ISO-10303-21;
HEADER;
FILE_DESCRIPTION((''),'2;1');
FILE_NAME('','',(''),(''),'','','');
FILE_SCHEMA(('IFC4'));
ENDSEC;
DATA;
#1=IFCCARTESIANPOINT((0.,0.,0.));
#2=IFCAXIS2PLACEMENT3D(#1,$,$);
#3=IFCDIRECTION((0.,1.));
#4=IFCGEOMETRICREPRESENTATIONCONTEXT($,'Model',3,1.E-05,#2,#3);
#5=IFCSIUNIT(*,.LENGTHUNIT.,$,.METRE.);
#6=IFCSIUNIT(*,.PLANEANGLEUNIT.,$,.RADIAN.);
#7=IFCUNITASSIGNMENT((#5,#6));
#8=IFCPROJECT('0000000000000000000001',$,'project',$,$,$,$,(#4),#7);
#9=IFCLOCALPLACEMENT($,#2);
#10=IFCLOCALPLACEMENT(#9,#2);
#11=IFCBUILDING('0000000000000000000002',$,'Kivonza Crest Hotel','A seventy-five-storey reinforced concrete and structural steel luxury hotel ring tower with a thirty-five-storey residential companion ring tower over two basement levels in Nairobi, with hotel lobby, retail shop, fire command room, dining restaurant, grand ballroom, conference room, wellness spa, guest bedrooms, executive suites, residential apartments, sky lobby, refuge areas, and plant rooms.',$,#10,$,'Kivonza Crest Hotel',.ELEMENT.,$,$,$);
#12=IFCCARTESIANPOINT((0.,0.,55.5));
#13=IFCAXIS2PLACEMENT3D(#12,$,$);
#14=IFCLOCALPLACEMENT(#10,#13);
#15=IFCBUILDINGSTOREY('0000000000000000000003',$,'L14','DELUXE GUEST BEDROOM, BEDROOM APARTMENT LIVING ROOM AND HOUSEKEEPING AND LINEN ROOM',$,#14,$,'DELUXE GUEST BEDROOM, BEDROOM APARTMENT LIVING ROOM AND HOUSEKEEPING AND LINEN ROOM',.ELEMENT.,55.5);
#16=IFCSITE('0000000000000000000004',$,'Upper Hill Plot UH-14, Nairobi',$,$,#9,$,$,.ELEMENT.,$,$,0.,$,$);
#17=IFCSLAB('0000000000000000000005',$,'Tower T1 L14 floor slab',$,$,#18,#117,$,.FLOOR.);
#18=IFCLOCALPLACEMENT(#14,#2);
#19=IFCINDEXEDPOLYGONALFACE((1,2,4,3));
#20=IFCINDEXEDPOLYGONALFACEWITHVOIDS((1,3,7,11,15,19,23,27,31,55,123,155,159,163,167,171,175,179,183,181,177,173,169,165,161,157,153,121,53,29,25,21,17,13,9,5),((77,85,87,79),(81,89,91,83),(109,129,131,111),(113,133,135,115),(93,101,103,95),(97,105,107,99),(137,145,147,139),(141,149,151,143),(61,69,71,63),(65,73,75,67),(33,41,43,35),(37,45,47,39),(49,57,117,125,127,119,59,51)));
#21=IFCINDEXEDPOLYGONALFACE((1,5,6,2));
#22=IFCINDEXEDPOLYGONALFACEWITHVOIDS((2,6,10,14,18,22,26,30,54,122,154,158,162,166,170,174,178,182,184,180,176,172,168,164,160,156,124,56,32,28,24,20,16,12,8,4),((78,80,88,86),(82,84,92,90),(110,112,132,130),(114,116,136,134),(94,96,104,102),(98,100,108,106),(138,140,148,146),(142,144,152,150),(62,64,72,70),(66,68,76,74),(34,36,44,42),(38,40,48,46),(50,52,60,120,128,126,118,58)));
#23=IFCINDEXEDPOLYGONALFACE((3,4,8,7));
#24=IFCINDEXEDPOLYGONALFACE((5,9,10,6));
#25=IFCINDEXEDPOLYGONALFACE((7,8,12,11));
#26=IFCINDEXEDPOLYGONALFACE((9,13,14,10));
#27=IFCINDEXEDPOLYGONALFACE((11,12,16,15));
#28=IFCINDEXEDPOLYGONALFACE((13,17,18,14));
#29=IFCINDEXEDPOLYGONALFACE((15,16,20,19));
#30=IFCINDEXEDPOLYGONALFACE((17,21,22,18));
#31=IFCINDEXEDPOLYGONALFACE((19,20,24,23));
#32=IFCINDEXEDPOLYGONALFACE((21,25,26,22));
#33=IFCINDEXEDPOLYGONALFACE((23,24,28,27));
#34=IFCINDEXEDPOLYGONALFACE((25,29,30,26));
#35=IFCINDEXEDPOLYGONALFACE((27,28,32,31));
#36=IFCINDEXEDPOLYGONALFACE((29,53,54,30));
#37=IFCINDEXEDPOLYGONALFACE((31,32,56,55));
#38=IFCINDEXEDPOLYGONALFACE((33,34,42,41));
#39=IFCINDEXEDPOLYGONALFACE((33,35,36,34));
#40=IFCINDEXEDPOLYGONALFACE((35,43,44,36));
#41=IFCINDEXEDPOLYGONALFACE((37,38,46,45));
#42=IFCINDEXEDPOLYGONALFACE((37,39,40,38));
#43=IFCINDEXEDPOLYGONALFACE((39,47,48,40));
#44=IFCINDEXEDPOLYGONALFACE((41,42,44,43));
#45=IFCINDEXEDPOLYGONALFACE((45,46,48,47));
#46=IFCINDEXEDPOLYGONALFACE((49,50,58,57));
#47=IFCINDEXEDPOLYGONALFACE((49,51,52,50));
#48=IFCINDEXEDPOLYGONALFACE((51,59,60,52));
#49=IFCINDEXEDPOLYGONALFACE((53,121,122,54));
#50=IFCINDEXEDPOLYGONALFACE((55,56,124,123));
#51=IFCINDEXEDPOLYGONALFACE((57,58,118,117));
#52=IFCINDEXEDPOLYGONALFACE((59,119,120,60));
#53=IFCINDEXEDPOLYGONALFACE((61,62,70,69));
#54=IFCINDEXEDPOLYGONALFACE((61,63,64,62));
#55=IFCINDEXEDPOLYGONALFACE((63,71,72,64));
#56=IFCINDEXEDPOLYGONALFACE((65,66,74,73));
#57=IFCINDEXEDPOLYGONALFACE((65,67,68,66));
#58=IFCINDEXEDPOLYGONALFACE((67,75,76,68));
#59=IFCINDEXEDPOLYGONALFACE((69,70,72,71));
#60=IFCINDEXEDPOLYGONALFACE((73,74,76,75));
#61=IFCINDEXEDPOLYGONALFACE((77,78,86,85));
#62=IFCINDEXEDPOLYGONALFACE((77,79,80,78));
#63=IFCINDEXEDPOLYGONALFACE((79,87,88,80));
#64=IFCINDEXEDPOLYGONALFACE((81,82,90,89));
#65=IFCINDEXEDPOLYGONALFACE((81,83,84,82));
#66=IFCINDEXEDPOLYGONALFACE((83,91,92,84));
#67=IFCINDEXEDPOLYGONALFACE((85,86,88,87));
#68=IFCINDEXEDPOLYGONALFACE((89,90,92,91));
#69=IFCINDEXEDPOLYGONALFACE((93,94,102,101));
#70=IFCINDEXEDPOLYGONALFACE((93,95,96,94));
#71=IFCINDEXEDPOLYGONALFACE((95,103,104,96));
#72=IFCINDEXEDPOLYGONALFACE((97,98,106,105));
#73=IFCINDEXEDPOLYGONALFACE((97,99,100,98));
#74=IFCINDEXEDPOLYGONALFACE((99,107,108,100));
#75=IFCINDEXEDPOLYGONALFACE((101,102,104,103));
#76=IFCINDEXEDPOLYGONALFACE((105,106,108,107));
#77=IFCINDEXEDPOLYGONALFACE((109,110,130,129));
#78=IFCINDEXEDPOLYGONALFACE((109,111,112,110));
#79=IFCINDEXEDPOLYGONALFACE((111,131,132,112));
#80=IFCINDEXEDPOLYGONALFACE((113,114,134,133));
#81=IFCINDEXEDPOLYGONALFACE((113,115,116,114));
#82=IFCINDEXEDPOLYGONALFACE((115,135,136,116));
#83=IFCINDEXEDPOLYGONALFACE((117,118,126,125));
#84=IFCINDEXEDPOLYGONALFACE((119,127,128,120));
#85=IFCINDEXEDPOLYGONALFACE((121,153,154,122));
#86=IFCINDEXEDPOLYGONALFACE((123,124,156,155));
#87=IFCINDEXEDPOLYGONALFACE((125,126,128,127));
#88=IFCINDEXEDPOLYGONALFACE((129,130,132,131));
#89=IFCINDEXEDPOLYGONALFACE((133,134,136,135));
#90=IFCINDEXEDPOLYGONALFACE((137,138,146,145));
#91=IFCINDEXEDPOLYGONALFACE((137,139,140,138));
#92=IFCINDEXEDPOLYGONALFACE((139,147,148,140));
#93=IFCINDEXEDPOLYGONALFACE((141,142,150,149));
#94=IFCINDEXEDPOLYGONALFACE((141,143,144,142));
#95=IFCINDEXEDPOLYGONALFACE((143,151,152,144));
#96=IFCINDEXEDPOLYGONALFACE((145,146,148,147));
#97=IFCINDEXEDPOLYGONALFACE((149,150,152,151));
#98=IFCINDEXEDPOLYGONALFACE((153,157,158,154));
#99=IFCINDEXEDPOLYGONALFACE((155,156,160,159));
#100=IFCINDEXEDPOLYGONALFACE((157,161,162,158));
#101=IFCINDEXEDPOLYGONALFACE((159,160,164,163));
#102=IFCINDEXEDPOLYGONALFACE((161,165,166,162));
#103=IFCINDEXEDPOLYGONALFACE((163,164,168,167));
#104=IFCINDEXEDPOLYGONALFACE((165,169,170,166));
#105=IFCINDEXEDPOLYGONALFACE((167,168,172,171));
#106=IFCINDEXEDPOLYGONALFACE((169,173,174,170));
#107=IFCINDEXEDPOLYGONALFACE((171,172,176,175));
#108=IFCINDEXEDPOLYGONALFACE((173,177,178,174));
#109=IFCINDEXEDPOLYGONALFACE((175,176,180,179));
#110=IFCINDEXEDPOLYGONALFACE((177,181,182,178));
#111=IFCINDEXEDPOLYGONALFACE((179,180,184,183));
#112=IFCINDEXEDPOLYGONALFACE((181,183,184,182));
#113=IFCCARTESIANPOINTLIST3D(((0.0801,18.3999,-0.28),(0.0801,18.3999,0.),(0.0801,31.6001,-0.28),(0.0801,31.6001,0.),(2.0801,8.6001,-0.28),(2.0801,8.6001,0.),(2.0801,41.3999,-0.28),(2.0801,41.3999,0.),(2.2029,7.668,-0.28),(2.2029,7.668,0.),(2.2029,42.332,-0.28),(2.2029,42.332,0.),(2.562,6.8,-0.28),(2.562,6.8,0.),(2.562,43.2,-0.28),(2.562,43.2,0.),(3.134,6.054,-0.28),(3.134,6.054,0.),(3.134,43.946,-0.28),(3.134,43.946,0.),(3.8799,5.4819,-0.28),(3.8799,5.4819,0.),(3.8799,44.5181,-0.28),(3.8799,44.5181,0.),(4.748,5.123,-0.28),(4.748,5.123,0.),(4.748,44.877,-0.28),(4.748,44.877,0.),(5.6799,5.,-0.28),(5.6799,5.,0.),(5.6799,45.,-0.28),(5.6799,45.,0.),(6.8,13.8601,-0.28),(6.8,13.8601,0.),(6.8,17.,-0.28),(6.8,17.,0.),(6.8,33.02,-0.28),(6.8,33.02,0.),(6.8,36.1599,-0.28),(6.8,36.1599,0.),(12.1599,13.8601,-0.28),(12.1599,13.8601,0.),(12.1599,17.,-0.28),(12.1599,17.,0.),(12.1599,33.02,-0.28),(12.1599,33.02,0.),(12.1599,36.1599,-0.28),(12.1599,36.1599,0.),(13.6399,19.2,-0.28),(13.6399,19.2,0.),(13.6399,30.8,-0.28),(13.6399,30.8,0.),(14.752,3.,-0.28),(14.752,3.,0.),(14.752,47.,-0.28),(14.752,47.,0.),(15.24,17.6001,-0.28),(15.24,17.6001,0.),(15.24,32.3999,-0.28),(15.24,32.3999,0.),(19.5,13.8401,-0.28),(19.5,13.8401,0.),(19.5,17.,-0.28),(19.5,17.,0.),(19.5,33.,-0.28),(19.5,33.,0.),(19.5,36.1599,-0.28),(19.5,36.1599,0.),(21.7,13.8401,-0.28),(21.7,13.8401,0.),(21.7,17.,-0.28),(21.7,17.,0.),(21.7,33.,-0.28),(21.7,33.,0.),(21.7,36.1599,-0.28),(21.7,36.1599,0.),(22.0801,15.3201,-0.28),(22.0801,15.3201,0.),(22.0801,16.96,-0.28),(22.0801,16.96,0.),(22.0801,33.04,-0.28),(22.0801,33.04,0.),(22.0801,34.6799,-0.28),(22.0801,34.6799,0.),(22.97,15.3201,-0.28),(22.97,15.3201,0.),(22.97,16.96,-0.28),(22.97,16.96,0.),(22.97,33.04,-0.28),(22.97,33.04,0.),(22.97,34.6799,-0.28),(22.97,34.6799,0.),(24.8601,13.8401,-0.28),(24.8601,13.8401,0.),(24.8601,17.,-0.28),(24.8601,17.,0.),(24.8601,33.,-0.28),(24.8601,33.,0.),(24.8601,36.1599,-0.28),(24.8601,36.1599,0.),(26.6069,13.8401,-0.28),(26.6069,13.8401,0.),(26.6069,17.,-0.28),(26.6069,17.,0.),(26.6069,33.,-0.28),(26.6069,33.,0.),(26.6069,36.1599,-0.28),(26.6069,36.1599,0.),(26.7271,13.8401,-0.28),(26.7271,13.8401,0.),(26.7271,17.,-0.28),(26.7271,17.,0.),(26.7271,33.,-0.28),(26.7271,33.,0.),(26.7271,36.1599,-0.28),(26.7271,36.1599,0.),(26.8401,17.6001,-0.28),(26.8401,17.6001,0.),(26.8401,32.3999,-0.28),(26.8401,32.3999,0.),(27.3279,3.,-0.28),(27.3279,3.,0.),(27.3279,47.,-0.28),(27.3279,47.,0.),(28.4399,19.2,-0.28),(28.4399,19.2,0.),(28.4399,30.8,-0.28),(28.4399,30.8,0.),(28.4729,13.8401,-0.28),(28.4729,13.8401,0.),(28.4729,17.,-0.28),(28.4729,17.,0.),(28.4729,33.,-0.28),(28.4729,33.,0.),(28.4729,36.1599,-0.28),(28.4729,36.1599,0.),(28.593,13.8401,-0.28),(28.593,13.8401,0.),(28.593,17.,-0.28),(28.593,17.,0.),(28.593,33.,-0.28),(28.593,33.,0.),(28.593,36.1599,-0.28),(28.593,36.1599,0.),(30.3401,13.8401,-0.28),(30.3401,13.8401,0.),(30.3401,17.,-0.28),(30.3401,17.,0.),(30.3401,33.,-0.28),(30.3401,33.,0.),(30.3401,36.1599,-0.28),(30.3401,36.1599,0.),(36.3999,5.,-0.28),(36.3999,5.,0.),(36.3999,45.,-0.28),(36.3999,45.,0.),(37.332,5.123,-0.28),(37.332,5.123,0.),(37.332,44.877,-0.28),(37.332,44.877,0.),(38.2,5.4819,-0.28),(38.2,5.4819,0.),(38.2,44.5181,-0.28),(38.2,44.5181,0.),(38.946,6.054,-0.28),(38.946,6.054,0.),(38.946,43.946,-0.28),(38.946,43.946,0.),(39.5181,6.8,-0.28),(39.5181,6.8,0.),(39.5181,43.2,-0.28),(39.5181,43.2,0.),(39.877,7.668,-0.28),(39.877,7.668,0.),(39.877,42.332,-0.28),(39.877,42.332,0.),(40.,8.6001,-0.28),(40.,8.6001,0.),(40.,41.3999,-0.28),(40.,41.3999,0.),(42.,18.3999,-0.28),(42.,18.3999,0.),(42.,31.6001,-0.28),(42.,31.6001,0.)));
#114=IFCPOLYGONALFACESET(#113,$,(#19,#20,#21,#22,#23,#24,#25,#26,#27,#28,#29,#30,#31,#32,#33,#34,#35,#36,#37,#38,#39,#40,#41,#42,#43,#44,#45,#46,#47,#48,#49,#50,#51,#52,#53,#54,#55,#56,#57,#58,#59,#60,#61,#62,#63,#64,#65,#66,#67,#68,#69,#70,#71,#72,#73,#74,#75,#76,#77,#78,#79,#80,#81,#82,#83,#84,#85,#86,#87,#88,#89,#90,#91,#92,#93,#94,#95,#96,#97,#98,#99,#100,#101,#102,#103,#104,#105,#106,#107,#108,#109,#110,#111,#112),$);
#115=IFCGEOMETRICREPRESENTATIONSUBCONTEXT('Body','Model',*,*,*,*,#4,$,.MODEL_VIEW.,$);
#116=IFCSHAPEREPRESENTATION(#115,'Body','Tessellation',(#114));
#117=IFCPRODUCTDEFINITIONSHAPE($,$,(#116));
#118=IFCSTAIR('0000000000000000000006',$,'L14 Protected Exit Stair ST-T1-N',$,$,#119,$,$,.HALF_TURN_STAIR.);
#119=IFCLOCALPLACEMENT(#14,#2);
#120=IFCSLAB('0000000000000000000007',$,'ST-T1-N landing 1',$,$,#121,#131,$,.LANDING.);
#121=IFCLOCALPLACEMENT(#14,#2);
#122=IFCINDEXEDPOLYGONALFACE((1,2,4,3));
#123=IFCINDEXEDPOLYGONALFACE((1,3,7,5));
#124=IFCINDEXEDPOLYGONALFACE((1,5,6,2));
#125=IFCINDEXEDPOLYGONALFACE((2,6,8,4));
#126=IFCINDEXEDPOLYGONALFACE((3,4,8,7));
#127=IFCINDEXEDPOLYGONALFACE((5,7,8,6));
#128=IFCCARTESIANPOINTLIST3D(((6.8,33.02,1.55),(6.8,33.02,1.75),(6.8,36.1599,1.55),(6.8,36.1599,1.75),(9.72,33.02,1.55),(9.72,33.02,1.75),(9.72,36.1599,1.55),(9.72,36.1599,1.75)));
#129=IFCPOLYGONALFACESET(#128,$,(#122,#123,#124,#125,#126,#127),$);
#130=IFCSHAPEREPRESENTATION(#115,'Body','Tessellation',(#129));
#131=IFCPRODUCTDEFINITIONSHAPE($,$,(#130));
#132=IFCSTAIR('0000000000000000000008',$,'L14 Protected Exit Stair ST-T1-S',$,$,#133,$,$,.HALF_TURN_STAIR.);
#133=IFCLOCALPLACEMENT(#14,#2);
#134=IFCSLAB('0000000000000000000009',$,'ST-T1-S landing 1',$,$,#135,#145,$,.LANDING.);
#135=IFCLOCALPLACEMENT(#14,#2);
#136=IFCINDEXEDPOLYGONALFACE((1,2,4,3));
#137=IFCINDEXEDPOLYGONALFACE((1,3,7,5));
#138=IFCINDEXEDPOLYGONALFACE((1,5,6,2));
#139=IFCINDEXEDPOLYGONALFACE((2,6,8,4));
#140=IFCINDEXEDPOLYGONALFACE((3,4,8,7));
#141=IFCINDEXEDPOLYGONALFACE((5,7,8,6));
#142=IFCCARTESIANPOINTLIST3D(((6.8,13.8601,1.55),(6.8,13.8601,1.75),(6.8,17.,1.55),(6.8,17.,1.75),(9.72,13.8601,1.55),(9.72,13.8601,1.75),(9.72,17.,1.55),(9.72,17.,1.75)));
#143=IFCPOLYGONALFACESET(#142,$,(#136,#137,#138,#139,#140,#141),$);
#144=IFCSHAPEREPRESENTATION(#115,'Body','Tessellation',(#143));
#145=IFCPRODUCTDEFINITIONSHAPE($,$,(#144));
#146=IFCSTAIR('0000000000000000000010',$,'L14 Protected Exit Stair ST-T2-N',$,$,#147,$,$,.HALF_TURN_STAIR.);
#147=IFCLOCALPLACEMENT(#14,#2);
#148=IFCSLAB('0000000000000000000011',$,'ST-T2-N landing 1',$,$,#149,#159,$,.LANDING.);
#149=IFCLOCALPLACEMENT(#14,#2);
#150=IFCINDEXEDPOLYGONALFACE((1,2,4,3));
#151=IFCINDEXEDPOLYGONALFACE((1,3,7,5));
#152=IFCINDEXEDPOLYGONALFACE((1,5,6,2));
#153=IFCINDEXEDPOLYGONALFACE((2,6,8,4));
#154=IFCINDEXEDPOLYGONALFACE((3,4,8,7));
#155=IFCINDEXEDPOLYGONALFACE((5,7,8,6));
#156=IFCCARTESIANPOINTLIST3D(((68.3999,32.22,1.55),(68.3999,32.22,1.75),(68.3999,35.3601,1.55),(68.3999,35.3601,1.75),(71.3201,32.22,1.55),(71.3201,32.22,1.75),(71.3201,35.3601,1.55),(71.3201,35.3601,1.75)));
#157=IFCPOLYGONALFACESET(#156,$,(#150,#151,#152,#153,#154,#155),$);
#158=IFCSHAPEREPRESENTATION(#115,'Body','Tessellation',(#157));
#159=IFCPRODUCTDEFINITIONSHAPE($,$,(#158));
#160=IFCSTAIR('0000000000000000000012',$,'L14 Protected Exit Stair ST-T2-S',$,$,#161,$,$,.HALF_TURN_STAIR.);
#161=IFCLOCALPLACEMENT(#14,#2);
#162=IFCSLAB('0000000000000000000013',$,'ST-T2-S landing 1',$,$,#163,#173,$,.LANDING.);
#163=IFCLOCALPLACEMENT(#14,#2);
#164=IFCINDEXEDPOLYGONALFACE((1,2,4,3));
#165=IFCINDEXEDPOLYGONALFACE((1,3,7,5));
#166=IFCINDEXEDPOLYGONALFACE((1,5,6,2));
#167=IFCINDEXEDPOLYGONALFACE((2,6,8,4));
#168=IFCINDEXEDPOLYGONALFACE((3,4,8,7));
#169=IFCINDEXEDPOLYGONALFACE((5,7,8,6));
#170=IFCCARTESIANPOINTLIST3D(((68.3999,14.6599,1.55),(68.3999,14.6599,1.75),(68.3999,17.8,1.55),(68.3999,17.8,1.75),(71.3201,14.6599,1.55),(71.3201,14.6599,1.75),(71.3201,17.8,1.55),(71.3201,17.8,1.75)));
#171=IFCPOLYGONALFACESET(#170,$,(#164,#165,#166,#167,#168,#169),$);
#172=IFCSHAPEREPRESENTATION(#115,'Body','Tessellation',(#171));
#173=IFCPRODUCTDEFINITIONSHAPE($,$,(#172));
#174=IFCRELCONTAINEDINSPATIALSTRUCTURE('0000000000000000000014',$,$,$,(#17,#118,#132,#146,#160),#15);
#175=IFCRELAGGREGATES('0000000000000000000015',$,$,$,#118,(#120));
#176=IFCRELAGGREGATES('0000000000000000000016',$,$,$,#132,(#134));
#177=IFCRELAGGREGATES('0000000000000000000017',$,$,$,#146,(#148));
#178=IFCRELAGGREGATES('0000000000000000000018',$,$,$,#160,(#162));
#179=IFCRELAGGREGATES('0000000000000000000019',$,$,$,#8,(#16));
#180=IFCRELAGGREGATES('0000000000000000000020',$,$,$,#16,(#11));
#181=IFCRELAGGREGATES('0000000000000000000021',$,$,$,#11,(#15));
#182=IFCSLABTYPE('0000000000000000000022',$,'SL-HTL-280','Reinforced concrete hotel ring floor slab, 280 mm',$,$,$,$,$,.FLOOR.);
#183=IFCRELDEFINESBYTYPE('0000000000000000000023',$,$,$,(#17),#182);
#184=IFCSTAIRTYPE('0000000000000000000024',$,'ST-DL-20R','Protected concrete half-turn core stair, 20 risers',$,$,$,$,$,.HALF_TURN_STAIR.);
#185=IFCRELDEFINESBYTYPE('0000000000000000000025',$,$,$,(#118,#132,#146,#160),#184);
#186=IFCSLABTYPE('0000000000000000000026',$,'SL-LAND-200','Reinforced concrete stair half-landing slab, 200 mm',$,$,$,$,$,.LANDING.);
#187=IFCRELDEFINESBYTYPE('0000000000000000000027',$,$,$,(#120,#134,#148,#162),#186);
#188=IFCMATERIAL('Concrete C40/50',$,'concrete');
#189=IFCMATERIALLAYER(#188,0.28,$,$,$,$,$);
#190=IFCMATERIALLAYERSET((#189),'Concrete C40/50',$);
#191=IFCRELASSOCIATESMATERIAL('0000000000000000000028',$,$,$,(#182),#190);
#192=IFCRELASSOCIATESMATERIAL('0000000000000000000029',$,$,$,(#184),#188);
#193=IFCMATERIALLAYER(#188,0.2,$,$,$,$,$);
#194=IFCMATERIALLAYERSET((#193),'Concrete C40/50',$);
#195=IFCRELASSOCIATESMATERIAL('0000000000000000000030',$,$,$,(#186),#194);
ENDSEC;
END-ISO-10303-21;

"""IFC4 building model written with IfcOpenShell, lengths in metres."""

from ifc_helpers import new_model, si_unit, direction, frame, origin, place, context, subcontext, project, spatial, polyline, outline, extrude, material, layer, layer_set, type_object, element, aggregate, save


model = new_model("IFC4")

# Units and contexts
model_context = context("Model", 3, precision=1e-05, world=origin(), true_north=direction((0.0, 1.0)))
body_context = subcontext(model_context, "Body", "Model", "MODEL_VIEW")
ifc_project = project(units=[si_unit("LENGTHUNIT", "METRE"), si_unit("PLANEANGLEUNIT", "RADIAN")], contexts=[model_context])

# Site, building, storey
site_placement = place(None, origin())
site = spatial("IfcSite", under=ifc_project, at=site_placement, Name="Upper Hill Plot UH-14, Nairobi", CompositionType="ELEMENT", RefElevation=0.0)
building_placement = place(site_placement, origin())
building = spatial("IfcBuilding", under=site, at=building_placement, Name="Kivonza Crest Hotel", Description="A seventy-five-storey reinforced concrete and structural steel luxury hotel ring tower with a thirty-five-storey residential companion ring tower over two basement levels in Nairobi, with hotel lobby, retail shop, fire command room, dining restaurant, grand ballroom, conference room, wellness spa, guest bedrooms, executive suites, residential apartments, sky lobby, refuge areas, and plant rooms.", LongName="Kivonza Crest Hotel", CompositionType="ELEMENT")
storey_placement = place(building_placement, frame((0.0, 0.0, 55.5)))
storey = spatial("IfcBuildingStorey", under=building, at=storey_placement, Name="L14", Description="DELUXE GUEST BEDROOM, BEDROOM APARTMENT LIVING ROOM AND HOUSEKEEPING AND LINEN ROOM", LongName="DELUXE GUEST BEDROOM, BEDROOM APARTMENT LIVING ROOM AND HOUSEKEEPING AND LINEN ROOM", CompositionType="ELEMENT", Elevation=55.5)

# Slab
ifc_material_1 = material(Name="Concrete C40/50", Category="concrete")
ifc_layer_1 = layer(ifc_material_1, 0.28)
ifc_layer_set_1 = layer_set([ifc_layer_1], Name="Concrete C40/50")
slab_type_1 = type_object("IfcSlabType", Name="SL-HTL-280", Description="Reinforced concrete hotel ring floor slab, 280 mm", PredefinedType="FLOOR", material=ifc_layer_set_1)
slab_1_placement = place(storey_placement, frame((0.0, 0.0, -0.28)))
element("IfcSlab", 1, at=slab_1_placement, inside=storey, type_object=slab_type_1, Name="Tower T1 L14 floor slab", PredefinedType="FLOOR", context=body_context, shape_type="SweptSolid", body=[
    extrude(outline(polyline([(2.0801, 8.6001), (2.2029, 7.668), (2.562, 6.8), (3.134, 6.054), (3.8799, 5.4819), (4.748, 5.123), (5.6799, 5.0), (14.752, 3.0), (27.3279, 3.0), (36.3999, 5.0), (37.332, 5.123), (38.2, 5.4819), (38.946, 6.054), (39.5181, 6.8), (39.877, 7.668), (40.0, 8.6001), (42.0, 18.3999), (42.0, 31.6001), (40.0, 41.3999), (39.877, 42.332), (39.5181, 43.2), (38.946, 43.946), (38.2, 44.5181), (37.332, 44.877), (36.3999, 45.0), (27.3279, 47.0), (14.752, 47.0), (5.6799, 45.0), (4.748, 44.877), (3.8799, 44.5181), (3.134, 43.946), (2.562, 43.2), (2.2029, 42.332), (2.0801, 41.3999), (0.0801, 31.6001), (0.0801, 18.3999), (2.0801, 8.6001)]), holes=[polyline([(15.24, 17.6001), (26.8401, 17.6001), (28.4399, 19.2), (28.4399, 30.8), (26.8401, 32.3999), (15.24, 32.3999), (13.6399, 30.8), (13.6399, 19.2), (15.24, 17.6001)]), polyline([(6.8, 33.02), (12.1599, 33.02), (12.1599, 36.1599), (6.8, 36.1599), (6.8, 33.02)]), polyline([(6.8, 13.8601), (12.1599, 13.8601), (12.1599, 17.0), (6.8, 17.0), (6.8, 13.8601)]), polyline([(22.0801, 33.04), (22.97, 33.04), (22.97, 34.6799), (22.0801, 34.6799), (22.0801, 33.04)]), polyline([(22.0801, 15.3201), (22.97, 15.3201), (22.97, 16.96), (22.0801, 16.96), (22.0801, 15.3201)]), polyline([(19.5, 33.0), (21.7, 33.0), (21.7, 36.1599), (19.5, 36.1599), (19.5, 33.0)]), polyline([(24.8601, 33.0), (26.6069, 33.0), (26.6069, 36.1599), (24.8601, 36.1599), (24.8601, 33.0)]), polyline([(26.7271, 33.0), (28.4729, 33.0), (28.4729, 36.1599), (26.7271, 36.1599), (26.7271, 33.0)]), polyline([(28.593, 33.0), (30.3401, 33.0), (30.3401, 36.1599), (28.593, 36.1599), (28.593, 33.0)]), polyline([(19.5, 13.8401), (21.7, 13.8401), (21.7, 17.0), (19.5, 17.0), (19.5, 13.8401)]), polyline([(24.8601, 13.8401), (26.6069, 13.8401), (26.6069, 17.0), (24.8601, 17.0), (24.8601, 13.8401)]), polyline([(26.7271, 13.8401), (28.4729, 13.8401), (28.4729, 17.0), (26.7271, 17.0), (26.7271, 13.8401)]), polyline([(28.593, 13.8401), (30.3401, 13.8401), (30.3401, 17.0), (28.593, 17.0), (28.593, 13.8401)])]), origin(), (0.0, 0.0, 1.0), 0.28),
])

# Stairs, slabs
stair_type = type_object("IfcStairType", Name="ST-DL-20R", Description="Protected concrete half-turn core stair, 20 risers", PredefinedType="HALF_TURN_STAIR", material=ifc_material_1)
stair_1_placement = place(storey_placement, origin())
stair_1 = element("IfcStair", 2, at=stair_1_placement, inside=storey, type_object=stair_type, Name="L14 Protected Exit Stair ST-T1-N", PredefinedType="HALF_TURN_STAIR")
ifc_layer_2 = layer(ifc_material_1, 0.2)
ifc_layer_set_2 = layer_set([ifc_layer_2], Name="Concrete C40/50")
slab_type_2 = type_object("IfcSlabType", Name="SL-LAND-200", Description="Reinforced concrete stair half-landing slab, 200 mm", PredefinedType="LANDING", material=ifc_layer_set_2)
slab_2_placement = place(storey_placement, frame((0.0, 0.0, 1.55)))
slab_2 = element("IfcSlab", 3, at=slab_2_placement, type_object=slab_type_2, Name="ST-T1-N landing 1", PredefinedType="LANDING", context=body_context, shape_type="SweptSolid", body=[
    extrude(outline(polyline([(9.72, 36.1599), (6.8, 36.1599), (6.8, 33.02), (9.72, 33.02), (9.72, 36.1599)])), origin(), (0.0, 0.0, 1.0), 0.2),
])
aggregate(stair_1, [slab_2])
stair_2_placement = place(storey_placement, origin())
stair_2 = element("IfcStair", 4, at=stair_2_placement, inside=storey, type_object=stair_type, Name="L14 Protected Exit Stair ST-T1-S", PredefinedType="HALF_TURN_STAIR")
slab_3_placement = place(storey_placement, frame((0.0, 0.0, 1.55)))
slab_3 = element("IfcSlab", 5, at=slab_3_placement, type_object=slab_type_2, Name="ST-T1-S landing 1", PredefinedType="LANDING", context=body_context, shape_type="SweptSolid", body=[
    extrude(outline(polyline([(9.72, 17.0), (6.8, 17.0), (6.8, 13.8601), (9.72, 13.8601), (9.72, 17.0)])), origin(), (0.0, 0.0, 1.0), 0.2),
])
aggregate(stair_2, [slab_3])
stair_3_placement = place(storey_placement, origin())
stair_3 = element("IfcStair", 6, at=stair_3_placement, inside=storey, type_object=stair_type, Name="L14 Protected Exit Stair ST-T2-N", PredefinedType="HALF_TURN_STAIR")
slab_4_placement = place(storey_placement, frame((0.0, 0.0, 1.55)))
slab_4 = element("IfcSlab", 7, at=slab_4_placement, type_object=slab_type_2, Name="ST-T2-N landing 1", PredefinedType="LANDING", context=body_context, shape_type="SweptSolid", body=[
    extrude(outline(polyline([(71.3201, 35.3601), (68.3999, 35.3601), (68.3999, 32.22), (71.3201, 32.22), (71.3201, 35.3601)])), origin(), (0.0, 0.0, 1.0), 0.2),
])
aggregate(stair_3, [slab_4])
stair_4_placement = place(storey_placement, origin())
stair_4 = element("IfcStair", 8, at=stair_4_placement, inside=storey, type_object=stair_type, Name="L14 Protected Exit Stair ST-T2-S", PredefinedType="HALF_TURN_STAIR")
slab_5_placement = place(storey_placement, frame((0.0, 0.0, 1.55)))
slab_5 = element("IfcSlab", 9, at=slab_5_placement, type_object=slab_type_2, Name="ST-T2-S landing 1", PredefinedType="LANDING", context=body_context, shape_type="SweptSolid", body=[
    extrude(outline(polyline([(71.3201, 17.8), (68.3999, 17.8), (68.3999, 14.6599), (71.3201, 14.6599), (71.3201, 17.8)])), origin(), (0.0, 0.0, 1.0), 0.2),
])
aggregate(stair_4, [slab_5])

save(model, "model.ifc")
